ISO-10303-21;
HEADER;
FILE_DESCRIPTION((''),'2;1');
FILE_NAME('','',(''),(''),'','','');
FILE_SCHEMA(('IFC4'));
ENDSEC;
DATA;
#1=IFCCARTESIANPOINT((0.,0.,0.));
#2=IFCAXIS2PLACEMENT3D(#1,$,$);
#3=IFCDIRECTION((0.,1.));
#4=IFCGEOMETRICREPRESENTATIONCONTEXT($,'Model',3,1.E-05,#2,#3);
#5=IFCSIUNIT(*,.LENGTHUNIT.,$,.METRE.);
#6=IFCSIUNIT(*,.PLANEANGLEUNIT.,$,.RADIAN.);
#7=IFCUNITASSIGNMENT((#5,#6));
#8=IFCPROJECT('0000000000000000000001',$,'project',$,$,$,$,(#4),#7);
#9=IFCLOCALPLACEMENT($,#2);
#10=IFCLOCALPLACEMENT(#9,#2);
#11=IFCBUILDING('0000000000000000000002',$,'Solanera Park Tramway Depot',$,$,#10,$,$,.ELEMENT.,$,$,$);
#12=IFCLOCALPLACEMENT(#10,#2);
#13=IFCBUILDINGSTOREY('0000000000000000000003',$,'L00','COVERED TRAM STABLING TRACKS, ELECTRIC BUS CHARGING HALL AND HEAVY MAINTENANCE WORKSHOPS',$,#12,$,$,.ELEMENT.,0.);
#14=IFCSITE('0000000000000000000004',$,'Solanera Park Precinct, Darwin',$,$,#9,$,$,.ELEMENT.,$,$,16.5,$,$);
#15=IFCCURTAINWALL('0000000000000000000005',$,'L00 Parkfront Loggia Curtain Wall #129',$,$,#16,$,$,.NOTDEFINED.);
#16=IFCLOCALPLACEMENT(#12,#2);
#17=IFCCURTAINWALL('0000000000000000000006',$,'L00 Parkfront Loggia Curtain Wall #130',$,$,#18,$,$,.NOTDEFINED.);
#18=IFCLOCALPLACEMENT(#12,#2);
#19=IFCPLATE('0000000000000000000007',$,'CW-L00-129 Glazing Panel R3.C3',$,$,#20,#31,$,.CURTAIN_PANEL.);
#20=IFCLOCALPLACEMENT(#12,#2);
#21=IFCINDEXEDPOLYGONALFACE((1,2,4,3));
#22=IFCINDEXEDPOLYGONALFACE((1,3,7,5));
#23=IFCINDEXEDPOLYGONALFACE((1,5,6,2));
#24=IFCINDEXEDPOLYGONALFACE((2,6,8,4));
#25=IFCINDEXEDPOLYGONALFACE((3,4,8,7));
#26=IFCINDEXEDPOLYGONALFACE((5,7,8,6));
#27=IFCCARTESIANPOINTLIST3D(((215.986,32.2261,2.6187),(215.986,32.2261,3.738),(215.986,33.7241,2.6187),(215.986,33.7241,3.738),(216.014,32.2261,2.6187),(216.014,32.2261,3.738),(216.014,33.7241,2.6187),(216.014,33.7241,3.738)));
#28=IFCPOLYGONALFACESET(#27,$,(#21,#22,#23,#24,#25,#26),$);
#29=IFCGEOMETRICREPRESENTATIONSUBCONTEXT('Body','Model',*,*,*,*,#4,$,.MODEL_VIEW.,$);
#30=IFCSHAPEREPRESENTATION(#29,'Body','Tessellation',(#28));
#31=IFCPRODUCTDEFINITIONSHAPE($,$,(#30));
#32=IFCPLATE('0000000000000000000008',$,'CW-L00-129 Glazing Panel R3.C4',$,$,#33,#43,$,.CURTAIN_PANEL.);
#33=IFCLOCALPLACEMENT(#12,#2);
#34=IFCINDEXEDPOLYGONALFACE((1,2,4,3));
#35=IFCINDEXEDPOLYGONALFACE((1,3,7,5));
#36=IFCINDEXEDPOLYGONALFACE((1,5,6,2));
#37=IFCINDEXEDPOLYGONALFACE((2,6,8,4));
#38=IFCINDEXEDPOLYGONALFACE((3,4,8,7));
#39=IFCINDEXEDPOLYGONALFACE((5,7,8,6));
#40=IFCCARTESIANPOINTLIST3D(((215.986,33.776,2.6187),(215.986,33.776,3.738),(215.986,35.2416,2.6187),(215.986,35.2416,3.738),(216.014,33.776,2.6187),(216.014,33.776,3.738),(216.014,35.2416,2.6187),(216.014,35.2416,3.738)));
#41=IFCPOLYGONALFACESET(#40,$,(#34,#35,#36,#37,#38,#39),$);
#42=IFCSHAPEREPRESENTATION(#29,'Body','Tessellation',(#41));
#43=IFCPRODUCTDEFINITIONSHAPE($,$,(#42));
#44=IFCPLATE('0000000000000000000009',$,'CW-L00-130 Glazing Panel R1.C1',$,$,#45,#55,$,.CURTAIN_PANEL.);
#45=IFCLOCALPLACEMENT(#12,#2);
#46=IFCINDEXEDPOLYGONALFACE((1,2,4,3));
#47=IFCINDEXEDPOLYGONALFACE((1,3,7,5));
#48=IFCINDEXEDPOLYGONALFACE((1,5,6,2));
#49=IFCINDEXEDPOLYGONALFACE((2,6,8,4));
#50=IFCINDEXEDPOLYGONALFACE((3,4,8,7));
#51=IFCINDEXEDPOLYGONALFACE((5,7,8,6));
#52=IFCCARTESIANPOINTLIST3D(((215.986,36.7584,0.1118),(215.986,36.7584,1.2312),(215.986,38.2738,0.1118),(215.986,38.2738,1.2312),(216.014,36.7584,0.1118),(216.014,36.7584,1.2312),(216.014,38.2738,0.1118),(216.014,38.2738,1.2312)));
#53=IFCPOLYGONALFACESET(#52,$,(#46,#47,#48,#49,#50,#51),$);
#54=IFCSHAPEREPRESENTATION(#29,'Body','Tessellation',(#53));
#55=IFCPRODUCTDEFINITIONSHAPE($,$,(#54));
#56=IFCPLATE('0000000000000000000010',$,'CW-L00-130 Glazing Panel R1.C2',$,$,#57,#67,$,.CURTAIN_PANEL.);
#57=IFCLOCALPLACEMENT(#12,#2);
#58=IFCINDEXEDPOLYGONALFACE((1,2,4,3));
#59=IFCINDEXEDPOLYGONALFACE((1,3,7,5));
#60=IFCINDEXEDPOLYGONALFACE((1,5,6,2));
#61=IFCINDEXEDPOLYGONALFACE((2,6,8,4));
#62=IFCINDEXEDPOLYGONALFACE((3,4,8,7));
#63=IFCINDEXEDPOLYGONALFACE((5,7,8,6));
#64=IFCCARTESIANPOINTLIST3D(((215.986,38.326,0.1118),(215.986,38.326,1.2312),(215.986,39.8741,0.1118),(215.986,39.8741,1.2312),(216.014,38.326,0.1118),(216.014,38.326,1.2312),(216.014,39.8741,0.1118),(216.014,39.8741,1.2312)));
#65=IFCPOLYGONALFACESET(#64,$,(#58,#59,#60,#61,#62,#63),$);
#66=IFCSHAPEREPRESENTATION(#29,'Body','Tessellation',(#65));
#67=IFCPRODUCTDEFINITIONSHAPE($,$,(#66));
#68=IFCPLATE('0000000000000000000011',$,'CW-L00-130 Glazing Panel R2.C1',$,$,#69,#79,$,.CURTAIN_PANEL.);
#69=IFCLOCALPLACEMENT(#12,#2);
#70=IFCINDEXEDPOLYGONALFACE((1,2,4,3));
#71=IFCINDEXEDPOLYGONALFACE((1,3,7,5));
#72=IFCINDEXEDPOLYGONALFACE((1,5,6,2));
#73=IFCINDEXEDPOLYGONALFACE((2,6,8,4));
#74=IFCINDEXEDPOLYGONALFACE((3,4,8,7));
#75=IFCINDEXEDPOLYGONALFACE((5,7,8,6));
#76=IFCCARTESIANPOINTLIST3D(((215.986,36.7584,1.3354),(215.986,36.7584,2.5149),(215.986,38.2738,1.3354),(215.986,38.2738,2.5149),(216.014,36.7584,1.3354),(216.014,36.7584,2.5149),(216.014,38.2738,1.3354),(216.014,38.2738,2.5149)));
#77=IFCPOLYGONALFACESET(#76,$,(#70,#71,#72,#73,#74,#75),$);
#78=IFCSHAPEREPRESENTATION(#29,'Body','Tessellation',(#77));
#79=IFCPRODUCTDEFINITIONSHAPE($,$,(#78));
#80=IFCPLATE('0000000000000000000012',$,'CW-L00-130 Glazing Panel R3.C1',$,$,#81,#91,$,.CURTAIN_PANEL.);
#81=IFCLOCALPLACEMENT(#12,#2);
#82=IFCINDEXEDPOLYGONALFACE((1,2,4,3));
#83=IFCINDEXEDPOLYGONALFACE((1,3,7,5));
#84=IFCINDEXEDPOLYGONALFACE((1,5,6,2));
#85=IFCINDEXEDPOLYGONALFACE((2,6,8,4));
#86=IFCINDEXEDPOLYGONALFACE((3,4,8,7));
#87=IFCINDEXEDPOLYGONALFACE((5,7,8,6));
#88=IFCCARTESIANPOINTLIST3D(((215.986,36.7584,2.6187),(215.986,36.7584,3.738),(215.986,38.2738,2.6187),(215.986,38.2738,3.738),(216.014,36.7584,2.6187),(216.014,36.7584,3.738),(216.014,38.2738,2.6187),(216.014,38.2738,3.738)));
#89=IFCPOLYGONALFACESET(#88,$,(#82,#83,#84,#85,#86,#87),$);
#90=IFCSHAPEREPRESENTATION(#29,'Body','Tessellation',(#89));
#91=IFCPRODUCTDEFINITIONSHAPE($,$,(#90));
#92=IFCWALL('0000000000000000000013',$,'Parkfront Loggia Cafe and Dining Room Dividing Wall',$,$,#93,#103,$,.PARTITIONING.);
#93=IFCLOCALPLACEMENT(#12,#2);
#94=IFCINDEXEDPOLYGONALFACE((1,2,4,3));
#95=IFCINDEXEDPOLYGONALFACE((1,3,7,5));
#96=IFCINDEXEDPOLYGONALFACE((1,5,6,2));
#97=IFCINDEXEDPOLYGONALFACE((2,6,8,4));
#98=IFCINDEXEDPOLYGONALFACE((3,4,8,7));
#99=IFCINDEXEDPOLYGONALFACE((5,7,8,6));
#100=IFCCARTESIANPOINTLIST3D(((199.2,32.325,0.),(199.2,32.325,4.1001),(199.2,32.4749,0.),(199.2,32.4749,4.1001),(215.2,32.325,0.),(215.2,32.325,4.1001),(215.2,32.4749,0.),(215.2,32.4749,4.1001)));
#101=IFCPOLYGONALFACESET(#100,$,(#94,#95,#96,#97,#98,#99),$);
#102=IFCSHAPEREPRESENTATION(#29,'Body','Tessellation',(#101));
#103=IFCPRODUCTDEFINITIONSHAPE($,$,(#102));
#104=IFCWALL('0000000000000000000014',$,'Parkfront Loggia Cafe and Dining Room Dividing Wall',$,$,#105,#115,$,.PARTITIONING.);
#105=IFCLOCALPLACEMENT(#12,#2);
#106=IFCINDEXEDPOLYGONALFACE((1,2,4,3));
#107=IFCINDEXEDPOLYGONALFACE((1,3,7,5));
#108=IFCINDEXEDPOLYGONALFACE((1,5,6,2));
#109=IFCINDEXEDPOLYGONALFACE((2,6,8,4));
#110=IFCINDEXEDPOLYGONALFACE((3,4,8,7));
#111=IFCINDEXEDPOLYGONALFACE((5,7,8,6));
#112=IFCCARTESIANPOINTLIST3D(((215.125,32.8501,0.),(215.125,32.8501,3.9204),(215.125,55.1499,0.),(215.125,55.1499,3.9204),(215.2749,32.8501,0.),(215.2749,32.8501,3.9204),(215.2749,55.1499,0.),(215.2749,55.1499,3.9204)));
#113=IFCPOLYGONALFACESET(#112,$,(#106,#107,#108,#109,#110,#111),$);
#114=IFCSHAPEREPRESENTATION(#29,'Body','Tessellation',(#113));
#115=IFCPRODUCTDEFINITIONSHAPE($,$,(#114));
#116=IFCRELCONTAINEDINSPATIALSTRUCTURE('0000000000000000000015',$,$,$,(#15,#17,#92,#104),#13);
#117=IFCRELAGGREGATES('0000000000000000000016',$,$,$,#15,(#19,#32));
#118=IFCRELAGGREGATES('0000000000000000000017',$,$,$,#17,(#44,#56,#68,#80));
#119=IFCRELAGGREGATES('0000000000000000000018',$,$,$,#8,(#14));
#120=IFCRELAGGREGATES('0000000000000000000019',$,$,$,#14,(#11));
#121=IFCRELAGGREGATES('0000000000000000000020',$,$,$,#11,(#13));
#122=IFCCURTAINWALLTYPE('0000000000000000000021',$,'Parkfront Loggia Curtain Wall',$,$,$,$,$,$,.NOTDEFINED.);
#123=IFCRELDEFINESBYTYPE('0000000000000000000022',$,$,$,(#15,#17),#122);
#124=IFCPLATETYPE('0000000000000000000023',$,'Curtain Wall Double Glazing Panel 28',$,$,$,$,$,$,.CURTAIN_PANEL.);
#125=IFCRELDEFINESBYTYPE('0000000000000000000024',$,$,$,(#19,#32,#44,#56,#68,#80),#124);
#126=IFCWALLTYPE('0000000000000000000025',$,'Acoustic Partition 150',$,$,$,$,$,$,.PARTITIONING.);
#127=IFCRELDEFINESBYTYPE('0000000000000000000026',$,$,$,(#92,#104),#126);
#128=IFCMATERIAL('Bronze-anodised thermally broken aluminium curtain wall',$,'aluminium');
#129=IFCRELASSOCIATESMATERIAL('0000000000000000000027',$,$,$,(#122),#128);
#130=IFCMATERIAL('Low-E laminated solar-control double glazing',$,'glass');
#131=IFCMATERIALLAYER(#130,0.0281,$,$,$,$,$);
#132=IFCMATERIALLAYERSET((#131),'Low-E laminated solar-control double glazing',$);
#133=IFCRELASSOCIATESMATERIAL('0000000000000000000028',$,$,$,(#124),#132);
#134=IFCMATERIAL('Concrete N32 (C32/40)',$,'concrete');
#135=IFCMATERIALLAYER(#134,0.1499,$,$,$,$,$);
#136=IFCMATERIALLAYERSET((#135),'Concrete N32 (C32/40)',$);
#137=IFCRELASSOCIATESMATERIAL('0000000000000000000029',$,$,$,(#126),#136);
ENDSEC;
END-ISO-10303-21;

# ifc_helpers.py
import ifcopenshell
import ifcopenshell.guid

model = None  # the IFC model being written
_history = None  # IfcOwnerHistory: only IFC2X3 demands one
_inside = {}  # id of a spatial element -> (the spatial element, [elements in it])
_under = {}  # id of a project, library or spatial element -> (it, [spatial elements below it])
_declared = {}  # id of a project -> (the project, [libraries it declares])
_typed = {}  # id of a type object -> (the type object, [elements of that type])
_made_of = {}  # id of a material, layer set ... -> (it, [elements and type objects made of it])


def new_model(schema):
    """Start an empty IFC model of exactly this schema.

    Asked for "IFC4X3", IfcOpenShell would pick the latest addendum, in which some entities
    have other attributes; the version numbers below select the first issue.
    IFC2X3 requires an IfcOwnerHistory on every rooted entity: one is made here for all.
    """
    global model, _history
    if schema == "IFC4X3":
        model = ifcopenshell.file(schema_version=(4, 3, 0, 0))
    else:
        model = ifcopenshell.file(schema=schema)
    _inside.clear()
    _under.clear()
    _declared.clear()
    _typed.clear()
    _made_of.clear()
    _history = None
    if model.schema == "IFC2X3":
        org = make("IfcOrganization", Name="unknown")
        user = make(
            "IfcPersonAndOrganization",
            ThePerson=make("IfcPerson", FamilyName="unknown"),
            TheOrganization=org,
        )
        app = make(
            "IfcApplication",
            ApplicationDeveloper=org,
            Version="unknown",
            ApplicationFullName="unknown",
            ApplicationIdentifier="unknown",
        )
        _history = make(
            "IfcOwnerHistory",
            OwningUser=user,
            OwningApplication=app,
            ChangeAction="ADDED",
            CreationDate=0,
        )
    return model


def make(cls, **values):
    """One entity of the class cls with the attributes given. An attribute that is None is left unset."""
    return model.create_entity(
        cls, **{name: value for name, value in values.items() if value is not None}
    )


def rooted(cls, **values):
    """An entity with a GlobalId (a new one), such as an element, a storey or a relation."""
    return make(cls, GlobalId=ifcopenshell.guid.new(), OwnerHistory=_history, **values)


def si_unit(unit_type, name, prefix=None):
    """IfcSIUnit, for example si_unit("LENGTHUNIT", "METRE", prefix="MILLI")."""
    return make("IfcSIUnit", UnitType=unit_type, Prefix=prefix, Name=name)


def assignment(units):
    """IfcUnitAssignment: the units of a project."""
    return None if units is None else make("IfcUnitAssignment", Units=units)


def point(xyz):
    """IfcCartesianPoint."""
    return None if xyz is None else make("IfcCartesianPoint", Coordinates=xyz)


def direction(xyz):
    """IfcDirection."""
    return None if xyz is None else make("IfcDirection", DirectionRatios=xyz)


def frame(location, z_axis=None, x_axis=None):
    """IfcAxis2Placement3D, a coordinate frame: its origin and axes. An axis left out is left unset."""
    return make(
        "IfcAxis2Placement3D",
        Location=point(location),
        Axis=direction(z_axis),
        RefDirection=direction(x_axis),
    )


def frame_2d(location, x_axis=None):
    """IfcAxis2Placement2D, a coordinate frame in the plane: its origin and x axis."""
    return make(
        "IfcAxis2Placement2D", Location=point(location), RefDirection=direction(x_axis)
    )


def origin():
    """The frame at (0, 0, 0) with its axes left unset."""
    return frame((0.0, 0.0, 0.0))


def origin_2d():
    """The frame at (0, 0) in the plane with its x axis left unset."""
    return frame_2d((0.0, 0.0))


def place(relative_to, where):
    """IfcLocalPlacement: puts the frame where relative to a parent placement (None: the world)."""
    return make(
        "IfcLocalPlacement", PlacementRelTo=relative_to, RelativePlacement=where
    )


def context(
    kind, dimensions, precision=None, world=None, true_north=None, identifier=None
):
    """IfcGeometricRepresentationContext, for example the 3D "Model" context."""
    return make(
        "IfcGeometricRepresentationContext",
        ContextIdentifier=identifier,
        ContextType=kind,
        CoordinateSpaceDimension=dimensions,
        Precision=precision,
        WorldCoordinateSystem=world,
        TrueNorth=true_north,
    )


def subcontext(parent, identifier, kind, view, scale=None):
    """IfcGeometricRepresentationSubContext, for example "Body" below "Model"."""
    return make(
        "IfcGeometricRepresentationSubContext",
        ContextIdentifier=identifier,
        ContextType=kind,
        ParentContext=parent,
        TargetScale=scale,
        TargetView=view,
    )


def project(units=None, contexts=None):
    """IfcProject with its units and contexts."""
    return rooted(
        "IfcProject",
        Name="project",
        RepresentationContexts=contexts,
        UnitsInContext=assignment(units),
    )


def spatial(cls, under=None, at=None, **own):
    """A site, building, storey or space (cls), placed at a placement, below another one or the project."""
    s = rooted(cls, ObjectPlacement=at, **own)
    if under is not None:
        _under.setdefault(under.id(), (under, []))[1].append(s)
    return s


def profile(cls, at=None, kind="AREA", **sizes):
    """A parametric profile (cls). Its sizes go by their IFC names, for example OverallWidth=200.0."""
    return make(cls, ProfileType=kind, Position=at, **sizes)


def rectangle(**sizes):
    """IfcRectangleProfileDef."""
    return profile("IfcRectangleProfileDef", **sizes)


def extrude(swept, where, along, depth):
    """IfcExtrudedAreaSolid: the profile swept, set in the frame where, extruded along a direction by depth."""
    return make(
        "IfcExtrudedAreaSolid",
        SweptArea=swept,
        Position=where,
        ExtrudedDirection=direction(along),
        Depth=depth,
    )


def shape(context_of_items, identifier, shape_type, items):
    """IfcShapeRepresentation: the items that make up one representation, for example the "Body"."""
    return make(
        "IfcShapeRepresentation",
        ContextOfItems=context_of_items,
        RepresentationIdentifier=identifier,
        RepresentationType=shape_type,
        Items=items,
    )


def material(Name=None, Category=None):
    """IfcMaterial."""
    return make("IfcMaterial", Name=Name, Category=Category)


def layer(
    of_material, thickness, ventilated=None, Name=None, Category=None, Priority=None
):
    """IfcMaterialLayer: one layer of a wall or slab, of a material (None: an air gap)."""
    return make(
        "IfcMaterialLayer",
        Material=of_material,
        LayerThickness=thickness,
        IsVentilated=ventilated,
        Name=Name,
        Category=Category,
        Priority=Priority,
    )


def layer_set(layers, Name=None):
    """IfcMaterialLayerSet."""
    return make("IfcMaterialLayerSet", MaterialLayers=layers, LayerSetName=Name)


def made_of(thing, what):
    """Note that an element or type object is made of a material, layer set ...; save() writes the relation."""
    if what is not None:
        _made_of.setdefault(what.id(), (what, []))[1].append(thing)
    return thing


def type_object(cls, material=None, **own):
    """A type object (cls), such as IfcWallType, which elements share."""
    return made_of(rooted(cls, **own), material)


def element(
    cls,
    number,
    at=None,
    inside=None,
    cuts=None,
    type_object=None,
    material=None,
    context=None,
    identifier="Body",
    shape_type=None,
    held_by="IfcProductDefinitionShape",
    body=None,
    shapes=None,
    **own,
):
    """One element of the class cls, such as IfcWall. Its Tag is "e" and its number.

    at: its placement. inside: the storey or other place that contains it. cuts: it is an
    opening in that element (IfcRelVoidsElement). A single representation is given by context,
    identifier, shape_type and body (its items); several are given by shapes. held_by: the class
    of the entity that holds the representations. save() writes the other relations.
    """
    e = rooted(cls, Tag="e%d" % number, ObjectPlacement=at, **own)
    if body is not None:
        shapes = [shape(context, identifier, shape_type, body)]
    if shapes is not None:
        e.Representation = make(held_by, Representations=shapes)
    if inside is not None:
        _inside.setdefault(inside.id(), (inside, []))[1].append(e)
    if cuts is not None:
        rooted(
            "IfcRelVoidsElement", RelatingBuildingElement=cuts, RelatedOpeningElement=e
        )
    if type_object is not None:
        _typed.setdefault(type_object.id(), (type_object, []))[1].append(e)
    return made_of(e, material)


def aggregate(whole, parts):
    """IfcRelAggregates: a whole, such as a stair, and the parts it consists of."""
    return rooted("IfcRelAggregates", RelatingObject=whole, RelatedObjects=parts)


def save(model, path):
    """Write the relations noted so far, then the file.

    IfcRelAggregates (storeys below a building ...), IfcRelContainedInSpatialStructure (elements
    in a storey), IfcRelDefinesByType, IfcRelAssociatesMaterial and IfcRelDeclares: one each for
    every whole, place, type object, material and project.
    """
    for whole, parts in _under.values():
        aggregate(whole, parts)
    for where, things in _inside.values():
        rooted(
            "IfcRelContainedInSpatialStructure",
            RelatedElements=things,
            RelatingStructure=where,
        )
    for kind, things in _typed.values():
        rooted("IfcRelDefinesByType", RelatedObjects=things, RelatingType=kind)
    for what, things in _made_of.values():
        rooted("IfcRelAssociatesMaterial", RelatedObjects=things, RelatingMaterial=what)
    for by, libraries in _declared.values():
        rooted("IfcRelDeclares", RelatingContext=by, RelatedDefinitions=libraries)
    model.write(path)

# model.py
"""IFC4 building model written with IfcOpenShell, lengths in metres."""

from ifc_helpers import new_model, si_unit, direction, frame, frame_2d, origin, origin_2d, place, context, subcontext, project, spatial, rectangle, extrude, material, layer, layer_set, type_object, element, aggregate, save


model = new_model("IFC4")

# Units and contexts
model_context = context("Model", 3, precision=1e-05, world=origin(), true_north=direction((0.0, 1.0)))
body_context = subcontext(model_context, "Body", "Model", "MODEL_VIEW")
ifc_project = project(units=[si_unit("LENGTHUNIT", "METRE"), si_unit("PLANEANGLEUNIT", "RADIAN")], contexts=[model_context])

# Site, building, storey
site_placement = place(None, origin())
site = spatial("IfcSite", under=ifc_project, at=site_placement, Name="Solanera Park Precinct, Darwin", CompositionType="ELEMENT", RefElevation=16.5)
building_placement = place(site_placement, origin())
building = spatial("IfcBuilding", under=site, at=building_placement, Name="Solanera Park Tramway Depot", CompositionType="ELEMENT")
storey_placement = place(building_placement, origin())
storey = spatial("IfcBuildingStorey", under=building, at=storey_placement, Name="L00", Description="COVERED TRAM STABLING TRACKS, ELECTRIC BUS CHARGING HALL AND HEAVY MAINTENANCE WORKSHOPS", CompositionType="ELEMENT", Elevation=0.0)

# Curtain walls
ifc_material_1 = material(Name="Bronze-anodised thermally broken aluminium curtain wall", Category="aluminium")
curtain_wall_type = type_object("IfcCurtainWallType", Name="Parkfront Loggia Curtain Wall", PredefinedType="NOTDEFINED", material=ifc_material_1)
curtain_wall_1_placement = place(storey_placement, origin())
curtain_wall_1 = element("IfcCurtainWall", 1, at=curtain_wall_1_placement, inside=storey, type_object=curtain_wall_type, Name="L00 Parkfront Loggia Curtain Wall #129", PredefinedType="NOTDEFINED")
curtain_wall_2_placement = place(storey_placement, origin())
curtain_wall_2 = element("IfcCurtainWall", 2, at=curtain_wall_2_placement, inside=storey, type_object=curtain_wall_type, Name="L00 Parkfront Loggia Curtain Wall #130", PredefinedType="NOTDEFINED")

# Plates
ifc_material_2 = material(Name="Low-E laminated solar-control double glazing", Category="glass")
ifc_layer_1 = layer(ifc_material_2, 0.0281)
ifc_layer_set_1 = layer_set([ifc_layer_1], Name="Low-E laminated solar-control double glazing")
plate_type = type_object("IfcPlateType", Name="Curtain Wall Double Glazing Panel 28", PredefinedType="CURTAIN_PANEL", material=ifc_layer_set_1)
plate_1_placement = place(storey_placement, frame((216.0, 32.9751, 2.6187), z_axis=(0.0, 0.0, 1.0), x_axis=(0.0, 1.0, 0.0)))
plate_1 = element("IfcPlate", 3, at=plate_1_placement, type_object=plate_type, Name="CW-L00-129 Glazing Panel R3.C3", PredefinedType="CURTAIN_PANEL", context=body_context, shape_type="SweptSolid", body=[
    extrude(rectangle(XDim=1.498, YDim=0.0281, at=origin_2d()), origin(), (0.0, 0.0, 1.0), 1.1194),
])
plate_2_placement = place(storey_placement, frame((216.0, 34.5088, 2.6187), z_axis=(0.0, 0.0, 1.0), x_axis=(0.0, 1.0, 0.0)))
plate_2 = element("IfcPlate", 4, at=plate_2_placement, type_object=plate_type, Name="CW-L00-129 Glazing Panel R3.C4", PredefinedType="CURTAIN_PANEL", context=body_context, shape_type="SweptSolid", body=[
    extrude(rectangle(XDim=1.4656, YDim=0.0281, at=origin_2d()), origin(), (0.0, 0.0, 1.0), 1.1194),
])
aggregate(curtain_wall_1, [plate_1, plate_2])
plate_3_placement = place(storey_placement, frame((216.0, 37.5161, 0.1118), z_axis=(0.0, 0.0, 1.0), x_axis=(0.0, 1.0, 0.0)))
plate_3 = element("IfcPlate", 5, at=plate_3_placement, type_object=plate_type, Name="CW-L00-130 Glazing Panel R1.C1", PredefinedType="CURTAIN_PANEL", context=body_context, shape_type="SweptSolid", body=[
    extrude(rectangle(XDim=1.5154, YDim=0.0281, at=origin_2d()), origin(), (0.0, 0.0, 1.0), 1.1194),
])
plate_4_placement = place(storey_placement, frame((216.0, 39.1001, 0.1118), z_axis=(0.0, 0.0, 1.0), x_axis=(0.0, 1.0, 0.0)))
plate_4 = element("IfcPlate", 6, at=plate_4_placement, type_object=plate_type, Name="CW-L00-130 Glazing Panel R1.C2", PredefinedType="CURTAIN_PANEL", context=body_context, shape_type="SweptSolid", body=[
    extrude(rectangle(XDim=1.5481, YDim=0.0281, at=origin_2d()), origin(), (0.0, 0.0, 1.0), 1.1194),
])
plate_5_placement = place(storey_placement, frame((216.0, 37.5161, 1.3354), z_axis=(0.0, 0.0, 1.0), x_axis=(0.0, 1.0, 0.0)))
plate_5 = element("IfcPlate", 7, at=plate_5_placement, type_object=plate_type, Name="CW-L00-130 Glazing Panel R2.C1", PredefinedType="CURTAIN_PANEL", context=body_context, shape_type="SweptSolid", body=[
    extrude(rectangle(XDim=1.5154, YDim=0.0281, at=origin_2d()), origin(), (0.0, 0.0, 1.0), 1.1794),
])
plate_6_placement = place(storey_placement, frame((216.0, 37.5161, 2.6187), z_axis=(0.0, 0.0, 1.0), x_axis=(0.0, 1.0, 0.0)))
plate_6 = element("IfcPlate", 8, at=plate_6_placement, type_object=plate_type, Name="CW-L00-130 Glazing Panel R3.C1", PredefinedType="CURTAIN_PANEL", context=body_context, shape_type="SweptSolid", body=[
    extrude(rectangle(XDim=1.5154, YDim=0.0281, at=origin_2d()), origin(), (0.0, 0.0, 1.0), 1.1194),
])
aggregate(curtain_wall_2, [plate_3, plate_4, plate_5, plate_6])

# Walls
ifc_material_3 = material(Name="Concrete N32 (C32/40)", Category="concrete")
ifc_layer_2 = layer(ifc_material_3, 0.1499)
ifc_layer_set_2 = layer_set([ifc_layer_2], Name="Concrete N32 (C32/40)")
wall_type = type_object("IfcWallType", Name="Acoustic Partition 150", PredefinedType="PARTITIONING", material=ifc_layer_set_2)
wall_1_placement = place(storey_placement, frame((215.2, 32.3999, 0.0), z_axis=(0.0, 0.0, 1.0), x_axis=(-1.0, 0.0, 0.0)))
element("IfcWall", 9, at=wall_1_placement, inside=storey, type_object=wall_type, Name="Parkfront Loggia Cafe and Dining Room Dividing Wall", PredefinedType="PARTITIONING", context=body_context, shape_type="SweptSolid", body=[
    extrude(rectangle(XDim=16.0, YDim=0.1499, at=frame_2d((8.0, 0.0))), origin(), (0.0, 0.0, 1.0), 4.1001),
])
wall_2_placement = place(storey_placement, frame((215.2, 32.8501, 0.0), z_axis=(0.0, 0.0, 1.0), x_axis=(0.0, 1.0, 0.0)))
element("IfcWall", 10, at=wall_2_placement, inside=storey, type_object=wall_type, Name="Parkfront Loggia Cafe and Dining Room Dividing Wall", PredefinedType="PARTITIONING", context=body_context, shape_type="SweptSolid", body=[
    extrude(rectangle(XDim=22.2998, YDim=0.1499, at=frame_2d((11.1499, 0.0))), origin(), (0.0, 0.0, 1.0), 3.9204),
])

save(model, "model.ifc")
